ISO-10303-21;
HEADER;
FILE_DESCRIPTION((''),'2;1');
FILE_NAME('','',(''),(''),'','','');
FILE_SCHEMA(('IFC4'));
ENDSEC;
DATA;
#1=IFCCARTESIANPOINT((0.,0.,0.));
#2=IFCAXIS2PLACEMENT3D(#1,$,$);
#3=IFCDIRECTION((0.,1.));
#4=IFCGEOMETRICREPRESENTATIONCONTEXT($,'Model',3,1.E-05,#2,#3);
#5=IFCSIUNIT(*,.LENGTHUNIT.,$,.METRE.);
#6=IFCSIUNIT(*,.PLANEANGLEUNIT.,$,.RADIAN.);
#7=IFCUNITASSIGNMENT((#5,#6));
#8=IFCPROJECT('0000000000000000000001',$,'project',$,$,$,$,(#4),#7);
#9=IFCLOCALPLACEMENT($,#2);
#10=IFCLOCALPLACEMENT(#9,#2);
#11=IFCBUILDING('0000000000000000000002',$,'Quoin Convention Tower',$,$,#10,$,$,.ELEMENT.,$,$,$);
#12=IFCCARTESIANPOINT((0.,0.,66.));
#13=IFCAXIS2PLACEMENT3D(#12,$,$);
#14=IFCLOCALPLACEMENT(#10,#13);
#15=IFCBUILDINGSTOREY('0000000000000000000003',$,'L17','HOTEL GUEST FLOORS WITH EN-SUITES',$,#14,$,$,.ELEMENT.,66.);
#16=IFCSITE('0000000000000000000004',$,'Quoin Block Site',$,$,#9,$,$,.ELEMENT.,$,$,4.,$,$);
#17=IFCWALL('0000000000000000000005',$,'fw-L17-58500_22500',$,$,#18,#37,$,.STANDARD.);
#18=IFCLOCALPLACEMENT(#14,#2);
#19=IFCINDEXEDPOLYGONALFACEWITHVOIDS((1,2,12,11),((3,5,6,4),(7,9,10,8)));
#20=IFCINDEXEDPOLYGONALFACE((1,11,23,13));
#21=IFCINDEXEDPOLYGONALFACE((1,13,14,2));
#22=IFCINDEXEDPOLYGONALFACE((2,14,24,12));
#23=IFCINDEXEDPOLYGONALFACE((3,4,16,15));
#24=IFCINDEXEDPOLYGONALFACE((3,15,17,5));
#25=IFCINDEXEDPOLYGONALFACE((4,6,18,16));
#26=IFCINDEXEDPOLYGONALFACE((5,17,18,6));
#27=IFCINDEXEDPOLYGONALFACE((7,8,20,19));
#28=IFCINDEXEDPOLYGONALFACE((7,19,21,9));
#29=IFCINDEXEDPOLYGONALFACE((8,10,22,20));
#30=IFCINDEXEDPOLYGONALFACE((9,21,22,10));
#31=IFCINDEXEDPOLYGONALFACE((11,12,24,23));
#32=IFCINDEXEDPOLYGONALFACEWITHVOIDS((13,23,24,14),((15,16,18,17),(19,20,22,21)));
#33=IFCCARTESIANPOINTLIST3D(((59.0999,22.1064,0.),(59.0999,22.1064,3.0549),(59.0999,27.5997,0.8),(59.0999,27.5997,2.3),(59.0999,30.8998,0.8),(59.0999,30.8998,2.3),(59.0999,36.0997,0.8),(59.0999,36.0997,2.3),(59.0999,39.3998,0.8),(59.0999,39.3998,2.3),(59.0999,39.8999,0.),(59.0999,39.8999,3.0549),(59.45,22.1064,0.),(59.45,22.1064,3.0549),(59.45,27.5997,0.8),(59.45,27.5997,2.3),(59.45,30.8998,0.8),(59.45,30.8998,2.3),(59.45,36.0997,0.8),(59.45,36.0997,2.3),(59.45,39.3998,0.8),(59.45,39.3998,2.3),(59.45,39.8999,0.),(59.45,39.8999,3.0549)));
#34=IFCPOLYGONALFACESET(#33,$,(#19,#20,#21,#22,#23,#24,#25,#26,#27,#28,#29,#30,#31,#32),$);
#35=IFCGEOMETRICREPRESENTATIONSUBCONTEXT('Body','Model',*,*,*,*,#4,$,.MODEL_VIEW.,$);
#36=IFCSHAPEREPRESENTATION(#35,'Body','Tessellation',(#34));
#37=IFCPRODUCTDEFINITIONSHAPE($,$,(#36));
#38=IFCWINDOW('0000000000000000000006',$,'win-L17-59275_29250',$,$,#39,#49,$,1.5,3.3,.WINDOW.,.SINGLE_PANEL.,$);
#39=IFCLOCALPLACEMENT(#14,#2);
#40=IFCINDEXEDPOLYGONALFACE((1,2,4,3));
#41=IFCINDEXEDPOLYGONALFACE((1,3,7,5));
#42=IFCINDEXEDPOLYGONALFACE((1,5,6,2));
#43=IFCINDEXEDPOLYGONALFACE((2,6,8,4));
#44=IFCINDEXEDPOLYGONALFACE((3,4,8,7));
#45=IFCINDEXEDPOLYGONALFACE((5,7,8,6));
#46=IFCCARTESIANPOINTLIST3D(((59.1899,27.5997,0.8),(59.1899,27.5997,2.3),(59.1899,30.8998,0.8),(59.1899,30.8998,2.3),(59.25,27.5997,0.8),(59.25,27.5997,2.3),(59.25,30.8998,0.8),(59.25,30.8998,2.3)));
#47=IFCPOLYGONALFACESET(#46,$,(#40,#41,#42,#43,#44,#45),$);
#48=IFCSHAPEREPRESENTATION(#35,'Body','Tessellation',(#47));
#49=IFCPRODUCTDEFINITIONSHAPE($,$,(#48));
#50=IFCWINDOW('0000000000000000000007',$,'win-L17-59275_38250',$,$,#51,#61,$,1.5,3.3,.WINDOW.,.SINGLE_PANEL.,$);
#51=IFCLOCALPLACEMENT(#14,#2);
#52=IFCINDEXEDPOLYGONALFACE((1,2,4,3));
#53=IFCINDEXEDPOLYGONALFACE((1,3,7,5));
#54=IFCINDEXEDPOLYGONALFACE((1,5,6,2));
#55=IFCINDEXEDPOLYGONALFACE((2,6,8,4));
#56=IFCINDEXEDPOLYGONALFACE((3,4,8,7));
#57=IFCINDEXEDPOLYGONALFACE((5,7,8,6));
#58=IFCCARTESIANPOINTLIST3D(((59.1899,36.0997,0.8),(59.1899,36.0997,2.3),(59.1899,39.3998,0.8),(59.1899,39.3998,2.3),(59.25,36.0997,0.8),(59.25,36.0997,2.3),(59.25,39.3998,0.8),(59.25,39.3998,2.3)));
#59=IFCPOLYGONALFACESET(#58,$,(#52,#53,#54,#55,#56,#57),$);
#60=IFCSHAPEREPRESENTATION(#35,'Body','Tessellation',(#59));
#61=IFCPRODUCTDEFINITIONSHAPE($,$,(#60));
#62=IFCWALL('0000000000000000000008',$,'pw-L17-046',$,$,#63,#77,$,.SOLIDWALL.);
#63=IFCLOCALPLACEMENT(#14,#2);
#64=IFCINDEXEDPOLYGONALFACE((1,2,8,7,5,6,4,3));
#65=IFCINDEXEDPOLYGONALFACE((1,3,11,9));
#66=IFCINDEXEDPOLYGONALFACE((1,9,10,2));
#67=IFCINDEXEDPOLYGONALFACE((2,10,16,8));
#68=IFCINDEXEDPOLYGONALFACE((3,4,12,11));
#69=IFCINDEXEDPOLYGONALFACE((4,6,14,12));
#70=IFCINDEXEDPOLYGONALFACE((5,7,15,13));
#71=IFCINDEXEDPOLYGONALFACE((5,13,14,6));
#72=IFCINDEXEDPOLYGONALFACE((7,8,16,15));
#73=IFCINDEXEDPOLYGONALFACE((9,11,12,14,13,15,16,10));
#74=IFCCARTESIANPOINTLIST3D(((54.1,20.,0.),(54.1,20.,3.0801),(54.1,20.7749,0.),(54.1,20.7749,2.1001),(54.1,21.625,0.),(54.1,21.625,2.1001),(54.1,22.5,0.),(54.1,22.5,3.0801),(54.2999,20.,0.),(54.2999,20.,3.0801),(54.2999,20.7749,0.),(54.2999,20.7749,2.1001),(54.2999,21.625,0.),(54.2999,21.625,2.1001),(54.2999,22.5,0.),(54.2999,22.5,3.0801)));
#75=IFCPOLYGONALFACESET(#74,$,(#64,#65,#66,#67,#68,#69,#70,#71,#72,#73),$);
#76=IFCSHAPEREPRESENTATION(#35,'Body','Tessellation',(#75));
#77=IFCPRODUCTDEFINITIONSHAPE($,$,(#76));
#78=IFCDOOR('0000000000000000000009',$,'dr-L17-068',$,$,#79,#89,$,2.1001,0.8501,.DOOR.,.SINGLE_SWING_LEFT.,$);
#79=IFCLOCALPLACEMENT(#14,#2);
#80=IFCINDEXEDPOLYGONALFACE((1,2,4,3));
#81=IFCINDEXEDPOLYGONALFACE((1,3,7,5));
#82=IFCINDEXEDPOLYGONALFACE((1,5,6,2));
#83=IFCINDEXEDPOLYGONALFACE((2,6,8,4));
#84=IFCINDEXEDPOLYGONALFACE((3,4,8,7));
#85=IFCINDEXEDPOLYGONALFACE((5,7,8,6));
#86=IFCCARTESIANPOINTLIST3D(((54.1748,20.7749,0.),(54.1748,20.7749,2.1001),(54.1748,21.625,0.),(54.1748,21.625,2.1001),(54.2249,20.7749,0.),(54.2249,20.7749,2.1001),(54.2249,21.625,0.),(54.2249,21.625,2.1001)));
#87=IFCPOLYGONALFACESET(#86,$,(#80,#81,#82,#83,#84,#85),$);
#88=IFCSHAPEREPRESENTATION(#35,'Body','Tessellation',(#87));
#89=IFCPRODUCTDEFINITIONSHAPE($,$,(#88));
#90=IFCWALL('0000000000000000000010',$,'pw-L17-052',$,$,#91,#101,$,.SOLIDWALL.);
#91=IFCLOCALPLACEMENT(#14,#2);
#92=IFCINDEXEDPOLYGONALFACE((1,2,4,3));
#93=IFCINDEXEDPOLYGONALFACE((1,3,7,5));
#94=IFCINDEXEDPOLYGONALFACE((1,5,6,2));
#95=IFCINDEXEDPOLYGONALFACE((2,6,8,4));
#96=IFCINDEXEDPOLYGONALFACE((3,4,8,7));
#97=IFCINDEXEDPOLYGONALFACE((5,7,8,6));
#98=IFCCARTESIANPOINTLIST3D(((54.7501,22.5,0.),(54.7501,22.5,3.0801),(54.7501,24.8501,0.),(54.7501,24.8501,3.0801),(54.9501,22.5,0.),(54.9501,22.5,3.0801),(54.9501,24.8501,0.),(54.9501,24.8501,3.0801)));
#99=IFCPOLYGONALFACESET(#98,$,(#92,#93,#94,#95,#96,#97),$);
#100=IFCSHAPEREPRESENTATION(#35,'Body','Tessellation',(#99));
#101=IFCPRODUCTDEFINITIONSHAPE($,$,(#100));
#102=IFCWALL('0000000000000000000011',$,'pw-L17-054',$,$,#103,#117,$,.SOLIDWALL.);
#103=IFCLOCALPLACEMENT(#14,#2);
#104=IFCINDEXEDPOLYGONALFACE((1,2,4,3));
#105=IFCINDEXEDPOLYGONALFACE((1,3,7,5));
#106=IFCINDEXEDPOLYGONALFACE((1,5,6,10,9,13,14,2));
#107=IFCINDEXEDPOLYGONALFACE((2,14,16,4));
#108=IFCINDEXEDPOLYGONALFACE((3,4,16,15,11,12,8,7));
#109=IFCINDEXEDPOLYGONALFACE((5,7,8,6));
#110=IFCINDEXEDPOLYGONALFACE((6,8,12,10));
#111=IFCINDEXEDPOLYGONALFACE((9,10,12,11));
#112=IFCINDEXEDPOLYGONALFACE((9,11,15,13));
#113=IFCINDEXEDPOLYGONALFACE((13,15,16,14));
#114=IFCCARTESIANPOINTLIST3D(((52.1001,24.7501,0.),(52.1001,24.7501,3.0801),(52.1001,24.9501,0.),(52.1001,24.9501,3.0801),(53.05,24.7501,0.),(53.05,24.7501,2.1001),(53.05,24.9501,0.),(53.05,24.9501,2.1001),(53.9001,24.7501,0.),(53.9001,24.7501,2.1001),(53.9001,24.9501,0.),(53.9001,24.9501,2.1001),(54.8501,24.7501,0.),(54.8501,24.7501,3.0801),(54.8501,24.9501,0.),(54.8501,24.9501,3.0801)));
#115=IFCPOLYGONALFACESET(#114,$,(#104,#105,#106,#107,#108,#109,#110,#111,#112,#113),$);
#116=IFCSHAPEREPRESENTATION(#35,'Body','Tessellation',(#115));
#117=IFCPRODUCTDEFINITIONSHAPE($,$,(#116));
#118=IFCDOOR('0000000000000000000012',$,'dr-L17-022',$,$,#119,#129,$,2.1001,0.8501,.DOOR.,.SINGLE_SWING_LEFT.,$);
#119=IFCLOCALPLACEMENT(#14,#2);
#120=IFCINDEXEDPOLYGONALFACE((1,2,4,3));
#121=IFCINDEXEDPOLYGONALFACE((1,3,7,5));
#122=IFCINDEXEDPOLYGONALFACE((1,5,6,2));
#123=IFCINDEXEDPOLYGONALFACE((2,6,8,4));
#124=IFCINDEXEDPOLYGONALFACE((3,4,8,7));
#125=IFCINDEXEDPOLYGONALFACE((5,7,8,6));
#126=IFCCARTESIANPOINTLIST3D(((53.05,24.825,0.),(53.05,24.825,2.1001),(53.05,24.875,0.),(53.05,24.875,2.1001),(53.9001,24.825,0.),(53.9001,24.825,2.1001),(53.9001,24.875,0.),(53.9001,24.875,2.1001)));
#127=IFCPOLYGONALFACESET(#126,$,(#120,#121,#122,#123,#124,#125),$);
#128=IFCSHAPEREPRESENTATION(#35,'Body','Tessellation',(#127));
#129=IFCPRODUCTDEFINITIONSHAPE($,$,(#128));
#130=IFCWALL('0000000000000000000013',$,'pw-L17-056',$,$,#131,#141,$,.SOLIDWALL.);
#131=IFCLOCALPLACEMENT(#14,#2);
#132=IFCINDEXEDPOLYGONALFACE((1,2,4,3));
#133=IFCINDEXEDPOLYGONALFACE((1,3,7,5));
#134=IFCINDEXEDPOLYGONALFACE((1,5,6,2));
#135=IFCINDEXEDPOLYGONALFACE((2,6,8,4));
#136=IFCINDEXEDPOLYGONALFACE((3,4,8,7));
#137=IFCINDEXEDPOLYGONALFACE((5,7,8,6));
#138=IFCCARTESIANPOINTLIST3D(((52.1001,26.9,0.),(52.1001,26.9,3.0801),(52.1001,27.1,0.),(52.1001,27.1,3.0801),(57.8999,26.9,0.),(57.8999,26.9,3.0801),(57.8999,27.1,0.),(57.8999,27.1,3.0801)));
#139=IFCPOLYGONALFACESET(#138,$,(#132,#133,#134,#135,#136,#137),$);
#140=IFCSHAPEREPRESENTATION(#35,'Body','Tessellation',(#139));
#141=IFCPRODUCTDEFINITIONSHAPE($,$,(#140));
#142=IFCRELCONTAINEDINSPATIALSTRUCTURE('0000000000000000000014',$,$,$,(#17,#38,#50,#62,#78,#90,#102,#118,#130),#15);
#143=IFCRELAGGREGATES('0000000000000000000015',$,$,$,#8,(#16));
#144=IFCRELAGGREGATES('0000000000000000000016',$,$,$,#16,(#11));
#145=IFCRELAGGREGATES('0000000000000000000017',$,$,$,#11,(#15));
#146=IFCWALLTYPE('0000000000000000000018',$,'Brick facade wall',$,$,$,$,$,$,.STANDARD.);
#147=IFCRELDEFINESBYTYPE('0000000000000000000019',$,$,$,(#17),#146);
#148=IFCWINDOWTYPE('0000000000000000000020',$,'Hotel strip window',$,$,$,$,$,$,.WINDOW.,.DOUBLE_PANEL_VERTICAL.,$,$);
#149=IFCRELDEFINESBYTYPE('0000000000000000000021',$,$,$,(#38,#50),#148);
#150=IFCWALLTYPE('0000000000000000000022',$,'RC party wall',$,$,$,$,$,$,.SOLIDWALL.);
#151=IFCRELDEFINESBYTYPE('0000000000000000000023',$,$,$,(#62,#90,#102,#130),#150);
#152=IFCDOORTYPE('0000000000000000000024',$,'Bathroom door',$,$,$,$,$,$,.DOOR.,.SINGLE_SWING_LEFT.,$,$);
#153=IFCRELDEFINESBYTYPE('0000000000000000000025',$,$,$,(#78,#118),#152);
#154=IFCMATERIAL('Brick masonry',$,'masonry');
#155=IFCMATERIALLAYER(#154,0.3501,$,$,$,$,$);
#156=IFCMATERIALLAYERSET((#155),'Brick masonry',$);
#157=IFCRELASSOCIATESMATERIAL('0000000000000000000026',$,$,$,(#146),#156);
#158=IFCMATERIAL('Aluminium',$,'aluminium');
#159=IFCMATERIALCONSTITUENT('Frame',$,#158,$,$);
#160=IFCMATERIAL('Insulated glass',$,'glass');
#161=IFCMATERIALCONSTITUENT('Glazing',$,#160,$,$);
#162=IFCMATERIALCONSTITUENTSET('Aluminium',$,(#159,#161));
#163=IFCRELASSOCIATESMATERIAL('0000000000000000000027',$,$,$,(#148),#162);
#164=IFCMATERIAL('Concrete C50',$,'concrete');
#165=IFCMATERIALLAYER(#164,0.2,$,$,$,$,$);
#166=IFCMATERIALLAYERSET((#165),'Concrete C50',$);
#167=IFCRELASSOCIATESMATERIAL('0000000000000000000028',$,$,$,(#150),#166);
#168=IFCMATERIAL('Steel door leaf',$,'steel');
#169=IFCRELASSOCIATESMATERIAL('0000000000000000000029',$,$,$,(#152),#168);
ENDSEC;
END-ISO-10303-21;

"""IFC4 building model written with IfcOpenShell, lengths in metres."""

from ifc_helpers import new_model, si_unit, direction, frame, frame_2d, origin, place, context, subcontext, project, spatial, rectangle, extrude, material, layer, layer_set, constituent, constituent_set, type_object, element, fill, save


model = new_model("IFC4")

# Units and contexts
model_context = context("Model", 3, precision=1e-05, world=origin(), true_north=direction((0.0, 1.0)))
body_context = subcontext(model_context, "Body", "Model", "MODEL_VIEW")
ifc_project = project(units=[si_unit("LENGTHUNIT", "METRE"), si_unit("PLANEANGLEUNIT", "RADIAN")], contexts=[model_context])

# Site, building, storey
site_placement = place(None, origin())
site = spatial("IfcSite", under=ifc_project, at=site_placement, Name="Quoin Block Site", CompositionType="ELEMENT", RefElevation=4.0)
building_placement = place(site_placement, origin())
building = spatial("IfcBuilding", under=site, at=building_placement, Name="Quoin Convention Tower", CompositionType="ELEMENT")
storey_placement = place(building_placement, frame((0.0, 0.0, 66.0)))
storey = spatial("IfcBuildingStorey", under=building, at=storey_placement, Name="L17", Description="HOTEL GUEST FLOORS WITH EN-SUITES", CompositionType="ELEMENT", Elevation=66.0)

# Shared definitions
ifc_material_1 = material(Name="Brick masonry", Category="masonry")
ifc_layer_1 = layer(ifc_material_1, 0.3501)
ifc_layer_set_1 = layer_set([ifc_layer_1], Name="Brick masonry")
wall_type_1 = type_object("IfcWallType", Name="Brick facade wall", PredefinedType="STANDARD", material=ifc_layer_set_1)
ifc_material_2 = material(Name="Aluminium", Category="aluminium")
ifc_constituent_1 = constituent(ifc_material_2, Name="Frame")
ifc_material_3 = material(Name="Insulated glass", Category="glass")
ifc_constituent_2 = constituent(ifc_material_3, Name="Glazing")
ifc_constituent_set = constituent_set(constituents=[ifc_constituent_1, ifc_constituent_2], Name="Aluminium")
window_type = type_object("IfcWindowType", Name="Hotel strip window", PartitioningType="DOUBLE_PANEL_VERTICAL", PredefinedType="WINDOW", material=ifc_constituent_set)

# Wall, openings, windows
wall_1_placement = place(storey_placement, frame((59.2749, 22.1064, 0.0), z_axis=(0.0, 0.0, 1.0), x_axis=(0.0, 1.0, 0.0)))
wall_1 = element("IfcWall", 1, at=wall_1_placement, inside=storey, type_object=wall_type_1, Name="fw-L17-58500_22500", PredefinedType="STANDARD", context=body_context, shape_type="SweptSolid", body=[
    extrude(rectangle(XDim=17.7935, YDim=0.3501, at=frame_2d((8.8967, 0.0))), origin(), (0.0, 0.0, 1.0), 3.0549),
])
opening_1_placement = place(wall_1_placement, frame((5.4934, 0.0, 0.8)))
opening_1 = element("IfcOpeningElement", 2, at=opening_1_placement, cuts=wall_1, PredefinedType="OPENING", context=body_context, shape_type="SweptSolid", body=[
    extrude(rectangle(XDim=3.3, YDim=1.5, at=frame_2d((1.6499, 0.75))), frame((0.0, 0.1851, 0.0), z_axis=(0.0, -1.0, 0.0), x_axis=(1.0, 0.0, 0.0)), (0.0, 0.0, 1.0), 0.3701),
])
opening_2_placement = place(wall_1_placement, frame((13.9934, 0.0, 0.8)))
opening_2 = element("IfcOpeningElement", 3, at=opening_2_placement, cuts=wall_1, PredefinedType="OPENING", context=body_context, shape_type="SweptSolid", body=[
    extrude(rectangle(XDim=3.3, YDim=1.5, at=frame_2d((1.6499, 0.75))), frame((0.0, 0.1851, 0.0), z_axis=(0.0, -1.0, 0.0), x_axis=(1.0, 0.0, 0.0)), (0.0, 0.0, 1.0), 0.3701),
])
window_1_placement = place(opening_1_placement, origin())
window_1 = element("IfcWindow", 4, at=window_1_placement, inside=storey, type_object=window_type, Name="win-L17-59275_29250", OverallHeight=1.5, OverallWidth=3.3, PartitioningType="SINGLE_PANEL", PredefinedType="WINDOW", context=body_context, shape_type="SweptSolid", body=[
    extrude(rectangle(XDim=3.3, YDim=1.5, at=frame_2d((1.6499, 0.75))), frame((0.0, 0.085, 0.0), z_axis=(0.0, -1.0, 0.0), x_axis=(1.0, 0.0, 0.0)), (0.0, 0.0, 1.0), 0.0601),
])
fill(opening_1, window_1)
window_2_placement = place(opening_2_placement, origin())
window_2 = element("IfcWindow", 5, at=window_2_placement, inside=storey, type_object=window_type, Name="win-L17-59275_38250", OverallHeight=1.5, OverallWidth=3.3, PartitioningType="SINGLE_PANEL", PredefinedType="WINDOW", context=body_context, shape_type="SweptSolid", body=[
    extrude(rectangle(XDim=3.3, YDim=1.5, at=frame_2d((1.6499, 0.75))), frame((0.0, 0.085, 0.0), z_axis=(0.0, -1.0, 0.0), x_axis=(1.0, 0.0, 0.0)), (0.0, 0.0, 1.0), 0.0601),
])
fill(opening_2, window_2)

# Wall, opening, door
ifc_material_4 = material(Name="Concrete C50", Category="concrete")
ifc_layer_2 = layer(ifc_material_4, 0.2)
ifc_layer_set_2 = layer_set([ifc_layer_2], Name="Concrete C50")
wall_type_2 = type_object("IfcWallType", Name="RC party wall", PredefinedType="SOLIDWALL", material=ifc_layer_set_2)
wall_2_placement = place(storey_placement, frame((54.2, 20.0, 0.0), z_axis=(0.0, 0.0, 1.0), x_axis=(0.0, 1.0, 0.0)))
wall_2 = element("IfcWall", 6, at=wall_2_placement, inside=storey, type_object=wall_type_2, Name="pw-L17-046", PredefinedType="SOLIDWALL", context=body_context, shape_type="SweptSolid", body=[
    extrude(rectangle(XDim=2.5, YDim=0.2, at=frame_2d((1.25, 0.0))), origin(), (0.0, 0.0, 1.0), 3.0801),
])
opening_3_placement = place(wall_2_placement, frame((0.7749, 0.0, 0.0)))
opening_3 = element("IfcOpeningElement", 7, at=opening_3_placement, cuts=wall_2, PredefinedType="OPENING", context=body_context, shape_type="SweptSolid", body=[
    extrude(rectangle(XDim=0.8501, YDim=2.1001, at=frame_2d((0.425, 1.05))), frame((0.0, 0.1099, 0.0), z_axis=(0.0, -1.0, 0.0), x_axis=(1.0, 0.0, 0.0)), (0.0, 0.0, 1.0), 0.22),
])
ifc_material_5 = material(Name="Steel door leaf", Category="steel")
door_type_1 = type_object("IfcDoorType", Name="Bathroom door", OperationType="SINGLE_SWING_LEFT", PredefinedType="DOOR", material=ifc_material_5)
door_1_placement = place(opening_3_placement, frame((0.8501, 0.0, 0.0), z_axis=(0.0, 0.0, 1.0), x_axis=(-1.0, 0.0, 0.0)))
door_1 = element("IfcDoor", 8, at=door_1_placement, inside=storey, type_object=door_type_1, Name="dr-L17-068", OperationType="SINGLE_SWING_LEFT", OverallHeight=2.1001, OverallWidth=0.8501, PredefinedType="DOOR", context=body_context, shape_type="SweptSolid", body=[
    extrude(rectangle(XDim=0.8501, YDim=2.1001, at=frame_2d((0.425, 1.05))), frame((0.0, 0.0249, 0.0), z_axis=(0.0, -1.0, 0.0), x_axis=(1.0, 0.0, 0.0)), (0.0, 0.0, 1.0), 0.05),
])
fill(opening_3, door_1)

# Wall
wall_3_placement = place(storey_placement, frame((54.8501, 22.5, 0.0), z_axis=(0.0, 0.0, 1.0), x_axis=(0.0, 1.0, 0.0)))
element("IfcWall", 9, at=wall_3_placement, inside=storey, type_object=wall_type_2, Name="pw-L17-052", PredefinedType="SOLIDWALL", context=body_context, shape_type="SweptSolid", body=[
    extrude(rectangle(XDim=2.3501, YDim=0.2, at=frame_2d((1.175, 0.0))), origin(), (0.0, 0.0, 1.0), 3.0801),
])

# Wall, opening, door
wall_4_placement = place(storey_placement, frame((52.1001, 24.8501, 0.0), z_axis=(0.0, 0.0, 1.0), x_axis=(1.0, 0.0, 0.0)))
wall_4 = element("IfcWall", 10, at=wall_4_placement, inside=storey, type_object=wall_type_2, Name="pw-L17-054", PredefinedType="SOLIDWALL", context=body_context, shape_type="SweptSolid", body=[
    extrude(rectangle(XDim=2.75, YDim=0.2, at=frame_2d((1.375, 0.0))), origin(), (0.0, 0.0, 1.0), 3.0801),
])
opening_4_placement = place(wall_4_placement, frame((0.95, 0.0, 0.0)))
opening_4 = element("IfcOpeningElement", 11, at=opening_4_placement, cuts=wall_4, PredefinedType="OPENING", context=body_context, shape_type="SweptSolid", body=[
    extrude(rectangle(XDim=0.8501, YDim=2.1001, at=frame_2d((0.425, 1.05))), frame((0.0, 0.1099, 0.0), z_axis=(0.0, -1.0, 0.0), x_axis=(1.0, 0.0, 0.0)), (0.0, 0.0, 1.0), 0.22),
])
door_2_placement = place(opening_4_placement, origin())
door_2 = element("IfcDoor", 12, at=door_2_placement, inside=storey, type_object=door_type_1, Name="dr-L17-022", OperationType="SINGLE_SWING_LEFT", OverallHeight=2.1001, OverallWidth=0.8501, PredefinedType="DOOR", context=body_context, shape_type="SweptSolid", body=[
    extrude(rectangle(XDim=0.8501, YDim=2.1001, at=frame_2d((0.425, 1.05))), frame((0.0, 0.0249, 0.0), z_axis=(0.0, -1.0, 0.0), x_axis=(1.0, 0.0, 0.0)), (0.0, 0.0, 1.0), 0.05),
])
fill(opening_4, door_2)

# Wall
wall_5_placement = place(storey_placement, frame((52.1001, 27.0, 0.0), z_axis=(0.0, 0.0, 1.0), x_axis=(1.0, 0.0, 0.0)))
element("IfcWall", 13, at=wall_5_placement, inside=storey, type_object=wall_type_2, Name="pw-L17-056", PredefinedType="SOLIDWALL", context=body_context, shape_type="SweptSolid", body=[
    extrude(rectangle(XDim=5.7998, YDim=0.2, at=frame_2d((2.8999, 0.0))), origin(), (0.0, 0.0, 1.0), 3.0801),
])

save(model, "model.ifc")
